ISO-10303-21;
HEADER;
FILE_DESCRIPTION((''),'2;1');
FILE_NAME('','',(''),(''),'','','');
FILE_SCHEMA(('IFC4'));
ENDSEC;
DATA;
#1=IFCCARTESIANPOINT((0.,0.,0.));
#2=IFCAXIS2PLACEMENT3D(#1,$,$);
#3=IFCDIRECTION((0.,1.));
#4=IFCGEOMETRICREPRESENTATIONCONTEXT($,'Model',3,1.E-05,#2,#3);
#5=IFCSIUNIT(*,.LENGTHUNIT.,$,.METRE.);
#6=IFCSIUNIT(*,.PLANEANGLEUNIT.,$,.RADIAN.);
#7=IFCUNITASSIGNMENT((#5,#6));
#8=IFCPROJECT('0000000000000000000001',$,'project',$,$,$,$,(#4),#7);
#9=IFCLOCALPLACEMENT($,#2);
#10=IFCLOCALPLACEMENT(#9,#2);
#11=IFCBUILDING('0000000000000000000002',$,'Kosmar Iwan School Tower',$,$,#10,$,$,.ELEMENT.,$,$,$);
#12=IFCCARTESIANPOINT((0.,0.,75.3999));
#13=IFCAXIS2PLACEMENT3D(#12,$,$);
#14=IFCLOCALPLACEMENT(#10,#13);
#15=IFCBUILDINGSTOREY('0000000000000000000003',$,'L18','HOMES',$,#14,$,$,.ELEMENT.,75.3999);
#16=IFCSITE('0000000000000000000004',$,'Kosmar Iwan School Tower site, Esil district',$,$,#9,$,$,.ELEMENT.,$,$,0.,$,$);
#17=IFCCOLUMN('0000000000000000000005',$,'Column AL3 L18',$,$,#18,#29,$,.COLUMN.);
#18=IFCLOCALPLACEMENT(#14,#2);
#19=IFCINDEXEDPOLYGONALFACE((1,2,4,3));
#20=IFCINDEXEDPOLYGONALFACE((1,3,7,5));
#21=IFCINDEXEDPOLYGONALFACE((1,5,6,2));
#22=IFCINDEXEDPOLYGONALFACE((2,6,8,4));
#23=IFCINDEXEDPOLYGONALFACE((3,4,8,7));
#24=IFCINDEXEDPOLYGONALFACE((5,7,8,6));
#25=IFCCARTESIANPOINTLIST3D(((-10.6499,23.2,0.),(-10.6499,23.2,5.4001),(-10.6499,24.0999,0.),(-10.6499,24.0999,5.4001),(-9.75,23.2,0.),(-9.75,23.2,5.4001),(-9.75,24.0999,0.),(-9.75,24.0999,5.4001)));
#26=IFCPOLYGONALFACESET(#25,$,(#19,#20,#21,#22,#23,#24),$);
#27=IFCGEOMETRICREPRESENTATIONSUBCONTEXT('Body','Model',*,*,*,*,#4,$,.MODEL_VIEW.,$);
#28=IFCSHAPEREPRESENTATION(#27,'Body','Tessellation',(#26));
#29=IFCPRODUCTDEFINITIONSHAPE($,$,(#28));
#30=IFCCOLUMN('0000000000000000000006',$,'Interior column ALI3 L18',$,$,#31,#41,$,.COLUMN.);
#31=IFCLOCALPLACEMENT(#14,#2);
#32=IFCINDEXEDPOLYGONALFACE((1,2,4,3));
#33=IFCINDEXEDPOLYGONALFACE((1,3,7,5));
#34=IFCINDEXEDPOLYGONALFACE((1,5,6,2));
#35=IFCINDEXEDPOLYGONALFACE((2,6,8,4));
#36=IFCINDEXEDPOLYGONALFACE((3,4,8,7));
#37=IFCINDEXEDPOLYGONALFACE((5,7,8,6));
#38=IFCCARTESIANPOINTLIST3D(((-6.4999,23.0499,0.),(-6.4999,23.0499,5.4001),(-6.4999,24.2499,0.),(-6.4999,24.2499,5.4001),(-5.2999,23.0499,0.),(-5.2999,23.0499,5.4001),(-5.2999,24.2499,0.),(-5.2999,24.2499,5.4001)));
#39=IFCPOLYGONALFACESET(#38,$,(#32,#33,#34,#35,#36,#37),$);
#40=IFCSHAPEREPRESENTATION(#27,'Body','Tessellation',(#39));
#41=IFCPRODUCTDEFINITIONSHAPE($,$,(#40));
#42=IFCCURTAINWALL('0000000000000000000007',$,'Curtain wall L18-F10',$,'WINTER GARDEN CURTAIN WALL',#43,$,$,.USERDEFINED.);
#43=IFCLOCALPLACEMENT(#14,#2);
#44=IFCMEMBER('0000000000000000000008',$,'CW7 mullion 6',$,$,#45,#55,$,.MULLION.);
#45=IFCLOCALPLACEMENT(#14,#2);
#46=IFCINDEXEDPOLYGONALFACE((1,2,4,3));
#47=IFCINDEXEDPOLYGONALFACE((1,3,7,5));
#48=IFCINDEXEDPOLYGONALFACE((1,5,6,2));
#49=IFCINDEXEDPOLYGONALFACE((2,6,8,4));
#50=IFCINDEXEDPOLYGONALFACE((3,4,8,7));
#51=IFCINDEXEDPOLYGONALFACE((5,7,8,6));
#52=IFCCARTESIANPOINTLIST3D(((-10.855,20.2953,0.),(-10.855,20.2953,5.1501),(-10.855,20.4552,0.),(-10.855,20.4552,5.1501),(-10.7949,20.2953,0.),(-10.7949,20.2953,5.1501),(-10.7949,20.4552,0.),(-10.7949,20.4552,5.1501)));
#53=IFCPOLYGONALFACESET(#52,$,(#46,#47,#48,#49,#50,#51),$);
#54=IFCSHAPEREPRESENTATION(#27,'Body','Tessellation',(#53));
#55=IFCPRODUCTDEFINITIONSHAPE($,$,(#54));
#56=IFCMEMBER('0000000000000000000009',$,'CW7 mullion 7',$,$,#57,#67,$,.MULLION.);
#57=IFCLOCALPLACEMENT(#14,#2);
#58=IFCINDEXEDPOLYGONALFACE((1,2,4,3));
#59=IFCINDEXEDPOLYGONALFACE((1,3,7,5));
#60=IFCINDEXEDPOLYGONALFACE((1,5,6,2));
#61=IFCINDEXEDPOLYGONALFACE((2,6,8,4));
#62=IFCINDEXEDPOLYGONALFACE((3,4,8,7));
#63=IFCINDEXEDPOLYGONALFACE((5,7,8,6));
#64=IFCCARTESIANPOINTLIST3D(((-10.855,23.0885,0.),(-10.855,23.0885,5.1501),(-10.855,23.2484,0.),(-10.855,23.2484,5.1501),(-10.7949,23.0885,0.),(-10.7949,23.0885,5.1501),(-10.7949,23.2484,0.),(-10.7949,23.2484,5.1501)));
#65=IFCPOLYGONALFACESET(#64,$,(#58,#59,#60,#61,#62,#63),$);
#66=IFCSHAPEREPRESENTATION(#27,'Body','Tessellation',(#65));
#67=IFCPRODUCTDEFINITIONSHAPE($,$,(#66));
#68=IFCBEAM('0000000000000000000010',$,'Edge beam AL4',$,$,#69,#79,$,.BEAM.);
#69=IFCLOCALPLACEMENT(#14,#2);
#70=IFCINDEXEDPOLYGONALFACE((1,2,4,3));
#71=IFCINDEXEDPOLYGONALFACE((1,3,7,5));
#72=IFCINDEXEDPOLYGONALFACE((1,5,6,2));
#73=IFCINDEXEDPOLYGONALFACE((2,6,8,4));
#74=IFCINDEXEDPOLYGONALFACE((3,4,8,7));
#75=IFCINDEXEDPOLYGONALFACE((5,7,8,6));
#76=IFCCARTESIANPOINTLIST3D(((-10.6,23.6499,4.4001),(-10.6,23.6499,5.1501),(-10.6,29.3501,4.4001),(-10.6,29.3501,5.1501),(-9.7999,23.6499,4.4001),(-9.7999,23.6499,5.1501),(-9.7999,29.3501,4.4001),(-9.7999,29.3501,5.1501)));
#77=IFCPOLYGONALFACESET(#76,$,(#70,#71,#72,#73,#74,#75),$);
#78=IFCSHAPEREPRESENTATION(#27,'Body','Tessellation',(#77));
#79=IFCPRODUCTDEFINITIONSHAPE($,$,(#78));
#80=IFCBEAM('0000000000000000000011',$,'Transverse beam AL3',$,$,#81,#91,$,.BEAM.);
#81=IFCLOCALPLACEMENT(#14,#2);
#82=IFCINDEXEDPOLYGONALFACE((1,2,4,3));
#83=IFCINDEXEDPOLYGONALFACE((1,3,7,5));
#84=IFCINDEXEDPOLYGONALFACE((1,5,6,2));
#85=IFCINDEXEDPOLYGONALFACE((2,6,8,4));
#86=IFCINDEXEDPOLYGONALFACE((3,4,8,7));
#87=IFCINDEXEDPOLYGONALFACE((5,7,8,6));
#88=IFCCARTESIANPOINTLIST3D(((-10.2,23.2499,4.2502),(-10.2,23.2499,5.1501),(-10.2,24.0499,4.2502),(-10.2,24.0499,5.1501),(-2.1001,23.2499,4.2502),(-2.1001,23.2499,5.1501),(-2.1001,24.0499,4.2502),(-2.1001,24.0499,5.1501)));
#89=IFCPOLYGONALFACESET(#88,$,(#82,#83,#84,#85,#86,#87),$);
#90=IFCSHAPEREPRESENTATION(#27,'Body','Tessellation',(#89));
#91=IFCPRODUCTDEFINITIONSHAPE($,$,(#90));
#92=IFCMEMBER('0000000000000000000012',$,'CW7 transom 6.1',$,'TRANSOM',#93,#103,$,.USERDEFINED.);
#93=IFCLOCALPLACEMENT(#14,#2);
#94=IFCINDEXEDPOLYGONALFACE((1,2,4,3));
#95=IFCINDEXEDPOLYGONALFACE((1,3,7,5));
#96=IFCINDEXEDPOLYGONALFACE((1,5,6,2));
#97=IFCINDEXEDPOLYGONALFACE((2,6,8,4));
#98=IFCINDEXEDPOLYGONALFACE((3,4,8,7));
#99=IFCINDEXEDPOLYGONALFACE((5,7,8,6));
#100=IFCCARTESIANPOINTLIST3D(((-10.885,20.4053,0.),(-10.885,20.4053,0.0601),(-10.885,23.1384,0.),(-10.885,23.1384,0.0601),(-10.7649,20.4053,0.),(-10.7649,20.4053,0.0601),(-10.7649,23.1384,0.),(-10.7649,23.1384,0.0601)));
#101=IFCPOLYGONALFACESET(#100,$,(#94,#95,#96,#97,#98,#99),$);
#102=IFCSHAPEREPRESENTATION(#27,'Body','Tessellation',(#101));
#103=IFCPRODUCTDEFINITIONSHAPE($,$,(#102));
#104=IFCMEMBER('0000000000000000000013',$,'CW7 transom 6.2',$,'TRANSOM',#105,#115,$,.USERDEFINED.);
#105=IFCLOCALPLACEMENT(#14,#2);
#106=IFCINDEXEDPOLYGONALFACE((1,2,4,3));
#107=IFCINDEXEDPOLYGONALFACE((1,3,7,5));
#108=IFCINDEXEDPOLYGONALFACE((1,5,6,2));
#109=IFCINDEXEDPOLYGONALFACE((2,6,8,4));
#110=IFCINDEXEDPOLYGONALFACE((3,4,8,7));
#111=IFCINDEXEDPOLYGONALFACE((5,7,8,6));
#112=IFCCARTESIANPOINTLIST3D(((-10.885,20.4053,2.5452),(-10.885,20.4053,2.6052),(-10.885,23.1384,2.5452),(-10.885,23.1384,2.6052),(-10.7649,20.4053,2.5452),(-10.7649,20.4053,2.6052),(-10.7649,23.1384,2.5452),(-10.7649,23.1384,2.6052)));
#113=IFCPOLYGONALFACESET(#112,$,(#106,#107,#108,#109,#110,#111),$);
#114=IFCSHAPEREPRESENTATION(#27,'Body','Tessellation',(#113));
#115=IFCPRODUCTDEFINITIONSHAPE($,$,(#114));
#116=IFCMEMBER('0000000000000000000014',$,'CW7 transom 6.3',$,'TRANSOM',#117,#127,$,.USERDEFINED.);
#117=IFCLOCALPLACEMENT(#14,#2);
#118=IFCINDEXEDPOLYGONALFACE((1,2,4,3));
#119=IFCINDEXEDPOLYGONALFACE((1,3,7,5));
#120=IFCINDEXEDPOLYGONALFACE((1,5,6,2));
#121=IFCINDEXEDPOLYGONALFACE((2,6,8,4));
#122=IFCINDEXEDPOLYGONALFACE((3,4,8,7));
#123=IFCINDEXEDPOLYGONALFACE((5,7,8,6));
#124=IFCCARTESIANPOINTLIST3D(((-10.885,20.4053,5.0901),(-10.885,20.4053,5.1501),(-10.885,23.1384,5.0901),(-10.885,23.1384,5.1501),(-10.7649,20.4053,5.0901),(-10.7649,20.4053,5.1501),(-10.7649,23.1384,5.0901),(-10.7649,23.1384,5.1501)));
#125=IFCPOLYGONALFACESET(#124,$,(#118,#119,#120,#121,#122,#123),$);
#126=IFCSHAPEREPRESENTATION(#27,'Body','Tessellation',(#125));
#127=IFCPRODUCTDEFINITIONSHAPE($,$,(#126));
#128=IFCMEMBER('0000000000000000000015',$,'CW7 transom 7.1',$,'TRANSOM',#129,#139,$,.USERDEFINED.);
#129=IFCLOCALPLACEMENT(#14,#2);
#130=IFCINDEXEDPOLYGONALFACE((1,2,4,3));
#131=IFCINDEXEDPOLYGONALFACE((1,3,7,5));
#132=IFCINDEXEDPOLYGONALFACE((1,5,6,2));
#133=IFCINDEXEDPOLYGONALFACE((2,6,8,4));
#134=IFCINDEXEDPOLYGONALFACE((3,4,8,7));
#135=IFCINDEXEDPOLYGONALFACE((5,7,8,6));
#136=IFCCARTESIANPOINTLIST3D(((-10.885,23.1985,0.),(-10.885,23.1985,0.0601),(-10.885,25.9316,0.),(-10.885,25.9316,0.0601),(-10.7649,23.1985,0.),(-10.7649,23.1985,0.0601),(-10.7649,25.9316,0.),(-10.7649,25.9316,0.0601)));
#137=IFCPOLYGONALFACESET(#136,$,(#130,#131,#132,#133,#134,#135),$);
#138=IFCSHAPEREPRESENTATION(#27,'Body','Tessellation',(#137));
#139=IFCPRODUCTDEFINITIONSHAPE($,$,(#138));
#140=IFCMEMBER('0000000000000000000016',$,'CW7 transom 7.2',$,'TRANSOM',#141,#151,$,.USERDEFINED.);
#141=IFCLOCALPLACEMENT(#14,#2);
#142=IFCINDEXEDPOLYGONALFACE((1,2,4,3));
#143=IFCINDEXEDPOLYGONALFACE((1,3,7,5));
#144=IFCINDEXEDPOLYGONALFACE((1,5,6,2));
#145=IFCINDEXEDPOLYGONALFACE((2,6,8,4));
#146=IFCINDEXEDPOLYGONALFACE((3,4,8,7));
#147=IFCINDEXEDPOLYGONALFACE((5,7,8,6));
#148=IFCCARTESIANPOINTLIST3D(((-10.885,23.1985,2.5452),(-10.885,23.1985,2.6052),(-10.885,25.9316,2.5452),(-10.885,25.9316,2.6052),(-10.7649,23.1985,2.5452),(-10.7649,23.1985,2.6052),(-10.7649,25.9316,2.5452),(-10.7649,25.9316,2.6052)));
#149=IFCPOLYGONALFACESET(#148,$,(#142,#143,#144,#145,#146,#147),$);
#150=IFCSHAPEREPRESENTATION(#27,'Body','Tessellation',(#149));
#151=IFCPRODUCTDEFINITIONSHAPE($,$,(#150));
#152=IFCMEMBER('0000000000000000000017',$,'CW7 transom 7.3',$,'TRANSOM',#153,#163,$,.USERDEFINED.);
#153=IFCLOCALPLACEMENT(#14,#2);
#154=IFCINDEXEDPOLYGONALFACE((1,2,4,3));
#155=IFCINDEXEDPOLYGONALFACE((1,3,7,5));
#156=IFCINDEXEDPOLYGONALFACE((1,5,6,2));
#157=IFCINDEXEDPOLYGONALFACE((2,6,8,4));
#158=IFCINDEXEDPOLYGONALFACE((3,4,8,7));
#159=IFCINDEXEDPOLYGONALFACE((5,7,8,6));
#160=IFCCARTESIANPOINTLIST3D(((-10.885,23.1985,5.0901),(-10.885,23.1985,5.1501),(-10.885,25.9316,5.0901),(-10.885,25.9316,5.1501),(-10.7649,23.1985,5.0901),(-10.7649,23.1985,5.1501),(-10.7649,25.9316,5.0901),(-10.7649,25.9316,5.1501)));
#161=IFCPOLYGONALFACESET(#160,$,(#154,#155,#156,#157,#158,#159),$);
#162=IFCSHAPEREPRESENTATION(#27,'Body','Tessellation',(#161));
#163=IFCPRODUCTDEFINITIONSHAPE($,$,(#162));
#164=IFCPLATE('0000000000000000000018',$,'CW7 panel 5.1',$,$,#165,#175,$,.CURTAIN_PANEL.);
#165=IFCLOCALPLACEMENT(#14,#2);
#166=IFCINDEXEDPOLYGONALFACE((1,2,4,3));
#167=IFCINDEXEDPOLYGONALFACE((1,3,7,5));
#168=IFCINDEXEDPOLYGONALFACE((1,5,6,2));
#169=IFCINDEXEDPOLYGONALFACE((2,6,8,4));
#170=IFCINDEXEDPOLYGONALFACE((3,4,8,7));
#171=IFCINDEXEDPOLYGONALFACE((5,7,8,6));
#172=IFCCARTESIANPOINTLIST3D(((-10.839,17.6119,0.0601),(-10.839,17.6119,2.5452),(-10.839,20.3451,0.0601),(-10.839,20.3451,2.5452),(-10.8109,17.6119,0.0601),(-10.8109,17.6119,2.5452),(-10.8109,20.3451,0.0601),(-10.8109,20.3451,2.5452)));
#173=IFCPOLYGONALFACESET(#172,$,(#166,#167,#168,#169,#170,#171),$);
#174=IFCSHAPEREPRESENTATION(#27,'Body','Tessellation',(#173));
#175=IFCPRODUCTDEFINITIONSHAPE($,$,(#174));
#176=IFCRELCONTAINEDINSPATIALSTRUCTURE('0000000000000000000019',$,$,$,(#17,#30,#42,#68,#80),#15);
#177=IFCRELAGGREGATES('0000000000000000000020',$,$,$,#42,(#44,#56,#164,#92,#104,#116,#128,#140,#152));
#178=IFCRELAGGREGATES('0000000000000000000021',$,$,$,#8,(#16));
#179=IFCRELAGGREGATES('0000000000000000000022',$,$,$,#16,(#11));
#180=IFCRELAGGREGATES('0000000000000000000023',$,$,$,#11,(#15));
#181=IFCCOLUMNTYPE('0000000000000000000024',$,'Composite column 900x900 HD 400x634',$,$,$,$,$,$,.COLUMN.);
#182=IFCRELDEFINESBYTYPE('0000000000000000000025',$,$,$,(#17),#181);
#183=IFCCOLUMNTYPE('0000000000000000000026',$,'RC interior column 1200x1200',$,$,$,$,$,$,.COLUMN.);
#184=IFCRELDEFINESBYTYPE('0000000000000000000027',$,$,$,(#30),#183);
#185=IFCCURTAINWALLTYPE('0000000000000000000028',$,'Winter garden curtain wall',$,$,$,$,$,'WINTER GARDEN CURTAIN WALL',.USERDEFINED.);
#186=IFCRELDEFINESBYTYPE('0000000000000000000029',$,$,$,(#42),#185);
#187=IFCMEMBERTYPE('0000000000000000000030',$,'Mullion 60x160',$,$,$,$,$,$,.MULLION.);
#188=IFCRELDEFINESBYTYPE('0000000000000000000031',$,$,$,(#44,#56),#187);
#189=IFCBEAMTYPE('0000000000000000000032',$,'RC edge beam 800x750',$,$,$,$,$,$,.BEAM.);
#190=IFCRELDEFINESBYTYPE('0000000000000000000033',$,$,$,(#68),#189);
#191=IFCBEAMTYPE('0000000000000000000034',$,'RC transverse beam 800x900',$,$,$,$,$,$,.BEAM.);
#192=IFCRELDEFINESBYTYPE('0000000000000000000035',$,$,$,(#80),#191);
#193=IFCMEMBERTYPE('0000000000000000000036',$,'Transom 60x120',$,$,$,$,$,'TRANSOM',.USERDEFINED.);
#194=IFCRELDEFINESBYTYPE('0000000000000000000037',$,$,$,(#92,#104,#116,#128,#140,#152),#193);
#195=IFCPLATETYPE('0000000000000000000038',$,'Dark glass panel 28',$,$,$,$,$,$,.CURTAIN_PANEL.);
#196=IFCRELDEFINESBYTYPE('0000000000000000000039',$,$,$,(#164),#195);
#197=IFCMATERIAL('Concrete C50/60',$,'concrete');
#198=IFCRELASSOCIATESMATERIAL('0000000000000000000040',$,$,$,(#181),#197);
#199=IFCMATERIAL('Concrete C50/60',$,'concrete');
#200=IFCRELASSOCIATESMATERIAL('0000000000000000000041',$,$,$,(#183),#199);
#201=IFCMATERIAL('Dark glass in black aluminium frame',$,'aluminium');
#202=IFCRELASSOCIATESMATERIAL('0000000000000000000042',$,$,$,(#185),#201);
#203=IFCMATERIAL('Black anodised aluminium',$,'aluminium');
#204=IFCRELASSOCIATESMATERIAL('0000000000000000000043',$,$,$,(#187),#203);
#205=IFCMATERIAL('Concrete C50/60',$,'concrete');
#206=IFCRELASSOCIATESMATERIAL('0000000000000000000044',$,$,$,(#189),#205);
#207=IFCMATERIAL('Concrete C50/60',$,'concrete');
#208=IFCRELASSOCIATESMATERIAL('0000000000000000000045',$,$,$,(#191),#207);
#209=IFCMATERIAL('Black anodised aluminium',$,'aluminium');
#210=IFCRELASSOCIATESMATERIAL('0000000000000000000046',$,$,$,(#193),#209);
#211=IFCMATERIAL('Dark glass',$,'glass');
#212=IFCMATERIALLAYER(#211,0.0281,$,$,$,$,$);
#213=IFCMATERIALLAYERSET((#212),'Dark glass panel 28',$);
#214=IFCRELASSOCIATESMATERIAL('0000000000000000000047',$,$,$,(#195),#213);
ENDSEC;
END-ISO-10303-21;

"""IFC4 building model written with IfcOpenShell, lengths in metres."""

from ifc_helpers import new_model, si_unit, direction, frame, origin, origin_2d, place, context, subcontext, project, spatial, rectangle, extrude, material, layer, layer_set, material_profile, profile_set, type_object, element, aggregate, save


model = new_model("IFC4")

# Units and contexts
model_context = context("Model", 3, precision=1e-05, world=origin(), true_north=direction((0.0, 1.0)))
body_context = subcontext(model_context, "Body", "Model", "MODEL_VIEW")
ifc_project = project(units=[si_unit("LENGTHUNIT", "METRE"), si_unit("PLANEANGLEUNIT", "RADIAN")], contexts=[model_context])

# Site, building, storey
site_placement = place(None, origin())
site = spatial("IfcSite", under=ifc_project, at=site_placement, Name="Kosmar Iwan School Tower site, Esil district", CompositionType="ELEMENT", RefElevation=0.0)
building_placement = place(site_placement, origin())
building = spatial("IfcBuilding", under=site, at=building_placement, Name="Kosmar Iwan School Tower", CompositionType="ELEMENT")
storey_placement = place(building_placement, frame((0.0, 0.0, 75.3999)))
storey = spatial("IfcBuildingStorey", under=building, at=storey_placement, Name="L18", Description="HOMES", CompositionType="ELEMENT", Elevation=75.3999)

# Columns
ifc_material_1 = material(Name="Concrete C50/60", Category="concrete")
ifc_material_profile_1 = material_profile(ifc_material_1, rectangle(XDim=0.8999, YDim=0.8999, at=origin_2d()), Name="RC 900x900 + HD 400x634")
ifc_profile_set_1 = profile_set([ifc_material_profile_1], Name="Concrete C50/60")
column_type_1 = type_object("IfcColumnType", Name="Composite column 900x900 HD 400x634", PredefinedType="COLUMN", material=ifc_profile_set_1)
column_1_placement = place(storey_placement, frame((-10.2, 23.6499, 0.0), z_axis=(0.0, 0.0, 1.0), x_axis=(0.0, 1.0, 0.0)))
element("IfcColumn", 1, at=column_1_placement, inside=storey, type_object=column_type_1, Name="Column AL3 L18", PredefinedType="COLUMN", context=body_context, shape_type="SweptSolid", body=[
    extrude(rectangle(XDim=0.8999, YDim=0.8999, at=origin_2d()), origin(), (0.0, 0.0, 1.0), 5.4001),
])
ifc_material_2 = material(Name="Concrete C50/60", Category="concrete")
ifc_material_profile_2 = material_profile(ifc_material_2, rectangle(XDim=1.2, YDim=1.2, at=origin_2d()), Name="RC 1200x1200")
ifc_profile_set_2 = profile_set([ifc_material_profile_2], Name="Concrete C50/60")
column_type_2 = type_object("IfcColumnType", Name="RC interior column 1200x1200", PredefinedType="COLUMN", material=ifc_profile_set_2)
column_2_placement = place(storey_placement, frame((-5.8999, 23.6499, 0.0), z_axis=(0.0, 0.0, 1.0), x_axis=(0.0, 1.0, 0.0)))
element("IfcColumn", 2, at=column_2_placement, inside=storey, type_object=column_type_2, Name="Interior column ALI3 L18", PredefinedType="COLUMN", context=body_context, shape_type="SweptSolid", body=[
    extrude(rectangle(XDim=1.2, YDim=1.2, at=origin_2d()), origin(), (0.0, 0.0, 1.0), 5.4001),
])

# Curtain wall, members
ifc_material_3 = material(Name="Dark glass in black aluminium frame", Category="aluminium")
curtain_wall_type = type_object("IfcCurtainWallType", Name="Winter garden curtain wall", ElementType="WINTER GARDEN CURTAIN WALL", PredefinedType="USERDEFINED", material=ifc_material_3)
curtain_wall_placement = place(storey_placement, origin())
curtain_wall = element("IfcCurtainWall", 3, at=curtain_wall_placement, inside=storey, type_object=curtain_wall_type, Name="Curtain wall L18-F10", ObjectType="WINTER GARDEN CURTAIN WALL", PredefinedType="USERDEFINED")
ifc_material_4 = material(Name="Black anodised aluminium", Category="aluminium")
ifc_material_profile_3 = material_profile(ifc_material_4, rectangle(XDim=0.0601, YDim=0.1599, at=origin_2d()), Name="MULLION 60x160")
ifc_profile_set_3 = profile_set([ifc_material_profile_3], Name="Black anodised aluminium")
member_type_1 = type_object("IfcMemberType", Name="Mullion 60x160", PredefinedType="MULLION", material=ifc_profile_set_3)
member_1_placement = place(storey_placement, frame((-10.825, 20.3752, 0.0), z_axis=(0.0, 0.0, 1.0), x_axis=(-1.0, 0.0, 0.0)))
member_1 = element("IfcMember", 4, at=member_1_placement, type_object=member_type_1, Name="CW7 mullion 6", PredefinedType="MULLION", context=body_context, shape_type="SweptSolid", body=[
    extrude(rectangle(XDim=0.0601, YDim=0.1599, at=origin_2d()), origin(), (0.0, 0.0, 1.0), 5.1501),
])
member_2_placement = place(storey_placement, frame((-10.825, 23.1685, 0.0), z_axis=(0.0, 0.0, 1.0), x_axis=(-1.0, 0.0, 0.0)))
member_2 = element("IfcMember", 5, at=member_2_placement, type_object=member_type_1, Name="CW7 mullion 7", PredefinedType="MULLION", context=body_context, shape_type="SweptSolid", body=[
    extrude(rectangle(XDim=0.0601, YDim=0.1599, at=origin_2d()), origin(), (0.0, 0.0, 1.0), 5.1501),
])

# Beams
ifc_material_5 = material(Name="Concrete C50/60", Category="concrete")
ifc_material_profile_4 = material_profile(ifc_material_5, rectangle(XDim=0.8, YDim=0.75, at=origin_2d()), Name="RC 800x750")
ifc_profile_set_4 = profile_set([ifc_material_profile_4], Name="Concrete C50/60")
beam_type_1 = type_object("IfcBeamType", Name="RC edge beam 800x750", PredefinedType="BEAM", material=ifc_profile_set_4)
beam_1_placement = place(storey_placement, frame((-10.2, 23.6499, 4.7751), z_axis=(0.0, 1.0, 0.0), x_axis=(-1.0, 0.0, 0.0)))
element("IfcBeam", 6, at=beam_1_placement, inside=storey, type_object=beam_type_1, Name="Edge beam AL4", PredefinedType="BEAM", context=body_context, shape_type="SweptSolid", body=[
    extrude(rectangle(XDim=0.8, YDim=0.75, at=origin_2d()), origin(), (0.0, 0.0, 1.0), 5.7002),
])
ifc_material_6 = material(Name="Concrete C50/60", Category="concrete")
ifc_material_profile_5 = material_profile(ifc_material_6, rectangle(XDim=0.8, YDim=0.8999, at=origin_2d()), Name="RC 800x900")
ifc_profile_set_5 = profile_set([ifc_material_profile_5], Name="Concrete C50/60")
beam_type_2 = type_object("IfcBeamType", Name="RC transverse beam 800x900", PredefinedType="BEAM", material=ifc_profile_set_5)
beam_2_placement = place(storey_placement, frame((-10.2, 23.6499, 4.7002), z_axis=(1.0, 0.0, 0.0), x_axis=(0.0, 1.0, 0.0)))
element("IfcBeam", 7, at=beam_2_placement, inside=storey, type_object=beam_type_2, Name="Transverse beam AL3", PredefinedType="BEAM", context=body_context, shape_type="SweptSolid", body=[
    extrude(rectangle(XDim=0.8, YDim=0.8999, at=origin_2d()), origin(), (0.0, 0.0, 1.0), 8.0999),
])

# Members
ifc_material_7 = material(Name="Black anodised aluminium", Category="aluminium")
ifc_material_profile_6 = material_profile(ifc_material_7, rectangle(XDim=0.1201, YDim=0.0601, at=origin_2d()), Name="TRANSOM 60x120")
ifc_profile_set_6 = profile_set([ifc_material_profile_6], Name="Black anodised aluminium")
member_type_2 = type_object("IfcMemberType", Name="Transom 60x120", ElementType="TRANSOM", PredefinedType="USERDEFINED", material=ifc_profile_set_6)
member_3_placement = place(storey_placement, frame((-10.825, 20.4053, 0.03), z_axis=(0.0, 1.0, 0.0), x_axis=(-1.0, 0.0, 0.0)))
member_3 = element("IfcMember", 8, at=member_3_placement, type_object=member_type_2, Name="CW7 transom 6.1", ObjectType="TRANSOM", PredefinedType="USERDEFINED", context=body_context, shape_type="SweptSolid", body=[
    extrude(rectangle(XDim=0.1201, YDim=0.0601, at=origin_2d()), origin(), (0.0, 0.0, 1.0), 2.7332),
])
member_4_placement = place(storey_placement, frame((-10.825, 20.4053, 2.5752), z_axis=(0.0, 1.0, 0.0), x_axis=(-1.0, 0.0, 0.0)))
member_4 = element("IfcMember", 9, at=member_4_placement, type_object=member_type_2, Name="CW7 transom 6.2", ObjectType="TRANSOM", PredefinedType="USERDEFINED", context=body_context, shape_type="SweptSolid", body=[
    extrude(rectangle(XDim=0.1201, YDim=0.0601, at=origin_2d()), origin(), (0.0, 0.0, 1.0), 2.7332),
])
member_5_placement = place(storey_placement, frame((-10.825, 20.4053, 5.1201), z_axis=(0.0, 1.0, 0.0), x_axis=(-1.0, 0.0, 0.0)))
member_5 = element("IfcMember", 10, at=member_5_placement, type_object=member_type_2, Name="CW7 transom 6.3", ObjectType="TRANSOM", PredefinedType="USERDEFINED", context=body_context, shape_type="SweptSolid", body=[
    extrude(rectangle(XDim=0.1201, YDim=0.0601, at=origin_2d()), origin(), (0.0, 0.0, 1.0), 2.7332),
])
member_6_placement = place(storey_placement, frame((-10.825, 23.1985, 0.03), z_axis=(0.0, 1.0, 0.0), x_axis=(-1.0, 0.0, 0.0)))
member_6 = element("IfcMember", 11, at=member_6_placement, type_object=member_type_2, Name="CW7 transom 7.1", ObjectType="TRANSOM", PredefinedType="USERDEFINED", context=body_context, shape_type="SweptSolid", body=[
    extrude(rectangle(XDim=0.1201, YDim=0.0601, at=origin_2d()), origin(), (0.0, 0.0, 1.0), 2.7332),
])
member_7_placement = place(storey_placement, frame((-10.825, 23.1985, 2.5752), z_axis=(0.0, 1.0, 0.0), x_axis=(-1.0, 0.0, 0.0)))
member_7 = element("IfcMember", 12, at=member_7_placement, type_object=member_type_2, Name="CW7 transom 7.2", ObjectType="TRANSOM", PredefinedType="USERDEFINED", context=body_context, shape_type="SweptSolid", body=[
    extrude(rectangle(XDim=0.1201, YDim=0.0601, at=origin_2d()), origin(), (0.0, 0.0, 1.0), 2.7332),
])
member_8_placement = place(storey_placement, frame((-10.825, 23.1985, 5.1201), z_axis=(0.0, 1.0, 0.0), x_axis=(-1.0, 0.0, 0.0)))
member_8 = element("IfcMember", 13, at=member_8_placement, type_object=member_type_2, Name="CW7 transom 7.3", ObjectType="TRANSOM", PredefinedType="USERDEFINED", context=body_context, shape_type="SweptSolid", body=[
    extrude(rectangle(XDim=0.1201, YDim=0.0601, at=origin_2d()), origin(), (0.0, 0.0, 1.0), 2.7332),
])

# Plate
ifc_material_8 = material(Name="Dark glass", Category="glass")
ifc_layer_1 = layer(ifc_material_8, 0.0281)
ifc_layer_set_1 = layer_set([ifc_layer_1], Name="Dark glass panel 28")
plate_type = type_object("IfcPlateType", Name="Dark glass panel 28", PredefinedType="CURTAIN_PANEL", material=ifc_layer_set_1)
plate_1_placement = place(storey_placement, frame((-10.825, 18.9785, 0.0601), z_axis=(0.0, 0.0, 1.0), x_axis=(0.0, 1.0, 0.0)))
plate_1 = element("IfcPlate", 14, at=plate_1_placement, type_object=plate_type, Name="CW7 panel 5.1", PredefinedType="CURTAIN_PANEL", context=body_context, shape_type="SweptSolid", body=[
    extrude(rectangle(XDim=2.7332, YDim=0.0281, at=origin_2d()), origin(), (0.0, 0.0, 1.0), 2.4851),
])
aggregate(curtain_wall, [member_1, member_2, plate_1, member_3, member_4, member_5, member_6, member_7, member_8])

save(model, "model.ifc")
